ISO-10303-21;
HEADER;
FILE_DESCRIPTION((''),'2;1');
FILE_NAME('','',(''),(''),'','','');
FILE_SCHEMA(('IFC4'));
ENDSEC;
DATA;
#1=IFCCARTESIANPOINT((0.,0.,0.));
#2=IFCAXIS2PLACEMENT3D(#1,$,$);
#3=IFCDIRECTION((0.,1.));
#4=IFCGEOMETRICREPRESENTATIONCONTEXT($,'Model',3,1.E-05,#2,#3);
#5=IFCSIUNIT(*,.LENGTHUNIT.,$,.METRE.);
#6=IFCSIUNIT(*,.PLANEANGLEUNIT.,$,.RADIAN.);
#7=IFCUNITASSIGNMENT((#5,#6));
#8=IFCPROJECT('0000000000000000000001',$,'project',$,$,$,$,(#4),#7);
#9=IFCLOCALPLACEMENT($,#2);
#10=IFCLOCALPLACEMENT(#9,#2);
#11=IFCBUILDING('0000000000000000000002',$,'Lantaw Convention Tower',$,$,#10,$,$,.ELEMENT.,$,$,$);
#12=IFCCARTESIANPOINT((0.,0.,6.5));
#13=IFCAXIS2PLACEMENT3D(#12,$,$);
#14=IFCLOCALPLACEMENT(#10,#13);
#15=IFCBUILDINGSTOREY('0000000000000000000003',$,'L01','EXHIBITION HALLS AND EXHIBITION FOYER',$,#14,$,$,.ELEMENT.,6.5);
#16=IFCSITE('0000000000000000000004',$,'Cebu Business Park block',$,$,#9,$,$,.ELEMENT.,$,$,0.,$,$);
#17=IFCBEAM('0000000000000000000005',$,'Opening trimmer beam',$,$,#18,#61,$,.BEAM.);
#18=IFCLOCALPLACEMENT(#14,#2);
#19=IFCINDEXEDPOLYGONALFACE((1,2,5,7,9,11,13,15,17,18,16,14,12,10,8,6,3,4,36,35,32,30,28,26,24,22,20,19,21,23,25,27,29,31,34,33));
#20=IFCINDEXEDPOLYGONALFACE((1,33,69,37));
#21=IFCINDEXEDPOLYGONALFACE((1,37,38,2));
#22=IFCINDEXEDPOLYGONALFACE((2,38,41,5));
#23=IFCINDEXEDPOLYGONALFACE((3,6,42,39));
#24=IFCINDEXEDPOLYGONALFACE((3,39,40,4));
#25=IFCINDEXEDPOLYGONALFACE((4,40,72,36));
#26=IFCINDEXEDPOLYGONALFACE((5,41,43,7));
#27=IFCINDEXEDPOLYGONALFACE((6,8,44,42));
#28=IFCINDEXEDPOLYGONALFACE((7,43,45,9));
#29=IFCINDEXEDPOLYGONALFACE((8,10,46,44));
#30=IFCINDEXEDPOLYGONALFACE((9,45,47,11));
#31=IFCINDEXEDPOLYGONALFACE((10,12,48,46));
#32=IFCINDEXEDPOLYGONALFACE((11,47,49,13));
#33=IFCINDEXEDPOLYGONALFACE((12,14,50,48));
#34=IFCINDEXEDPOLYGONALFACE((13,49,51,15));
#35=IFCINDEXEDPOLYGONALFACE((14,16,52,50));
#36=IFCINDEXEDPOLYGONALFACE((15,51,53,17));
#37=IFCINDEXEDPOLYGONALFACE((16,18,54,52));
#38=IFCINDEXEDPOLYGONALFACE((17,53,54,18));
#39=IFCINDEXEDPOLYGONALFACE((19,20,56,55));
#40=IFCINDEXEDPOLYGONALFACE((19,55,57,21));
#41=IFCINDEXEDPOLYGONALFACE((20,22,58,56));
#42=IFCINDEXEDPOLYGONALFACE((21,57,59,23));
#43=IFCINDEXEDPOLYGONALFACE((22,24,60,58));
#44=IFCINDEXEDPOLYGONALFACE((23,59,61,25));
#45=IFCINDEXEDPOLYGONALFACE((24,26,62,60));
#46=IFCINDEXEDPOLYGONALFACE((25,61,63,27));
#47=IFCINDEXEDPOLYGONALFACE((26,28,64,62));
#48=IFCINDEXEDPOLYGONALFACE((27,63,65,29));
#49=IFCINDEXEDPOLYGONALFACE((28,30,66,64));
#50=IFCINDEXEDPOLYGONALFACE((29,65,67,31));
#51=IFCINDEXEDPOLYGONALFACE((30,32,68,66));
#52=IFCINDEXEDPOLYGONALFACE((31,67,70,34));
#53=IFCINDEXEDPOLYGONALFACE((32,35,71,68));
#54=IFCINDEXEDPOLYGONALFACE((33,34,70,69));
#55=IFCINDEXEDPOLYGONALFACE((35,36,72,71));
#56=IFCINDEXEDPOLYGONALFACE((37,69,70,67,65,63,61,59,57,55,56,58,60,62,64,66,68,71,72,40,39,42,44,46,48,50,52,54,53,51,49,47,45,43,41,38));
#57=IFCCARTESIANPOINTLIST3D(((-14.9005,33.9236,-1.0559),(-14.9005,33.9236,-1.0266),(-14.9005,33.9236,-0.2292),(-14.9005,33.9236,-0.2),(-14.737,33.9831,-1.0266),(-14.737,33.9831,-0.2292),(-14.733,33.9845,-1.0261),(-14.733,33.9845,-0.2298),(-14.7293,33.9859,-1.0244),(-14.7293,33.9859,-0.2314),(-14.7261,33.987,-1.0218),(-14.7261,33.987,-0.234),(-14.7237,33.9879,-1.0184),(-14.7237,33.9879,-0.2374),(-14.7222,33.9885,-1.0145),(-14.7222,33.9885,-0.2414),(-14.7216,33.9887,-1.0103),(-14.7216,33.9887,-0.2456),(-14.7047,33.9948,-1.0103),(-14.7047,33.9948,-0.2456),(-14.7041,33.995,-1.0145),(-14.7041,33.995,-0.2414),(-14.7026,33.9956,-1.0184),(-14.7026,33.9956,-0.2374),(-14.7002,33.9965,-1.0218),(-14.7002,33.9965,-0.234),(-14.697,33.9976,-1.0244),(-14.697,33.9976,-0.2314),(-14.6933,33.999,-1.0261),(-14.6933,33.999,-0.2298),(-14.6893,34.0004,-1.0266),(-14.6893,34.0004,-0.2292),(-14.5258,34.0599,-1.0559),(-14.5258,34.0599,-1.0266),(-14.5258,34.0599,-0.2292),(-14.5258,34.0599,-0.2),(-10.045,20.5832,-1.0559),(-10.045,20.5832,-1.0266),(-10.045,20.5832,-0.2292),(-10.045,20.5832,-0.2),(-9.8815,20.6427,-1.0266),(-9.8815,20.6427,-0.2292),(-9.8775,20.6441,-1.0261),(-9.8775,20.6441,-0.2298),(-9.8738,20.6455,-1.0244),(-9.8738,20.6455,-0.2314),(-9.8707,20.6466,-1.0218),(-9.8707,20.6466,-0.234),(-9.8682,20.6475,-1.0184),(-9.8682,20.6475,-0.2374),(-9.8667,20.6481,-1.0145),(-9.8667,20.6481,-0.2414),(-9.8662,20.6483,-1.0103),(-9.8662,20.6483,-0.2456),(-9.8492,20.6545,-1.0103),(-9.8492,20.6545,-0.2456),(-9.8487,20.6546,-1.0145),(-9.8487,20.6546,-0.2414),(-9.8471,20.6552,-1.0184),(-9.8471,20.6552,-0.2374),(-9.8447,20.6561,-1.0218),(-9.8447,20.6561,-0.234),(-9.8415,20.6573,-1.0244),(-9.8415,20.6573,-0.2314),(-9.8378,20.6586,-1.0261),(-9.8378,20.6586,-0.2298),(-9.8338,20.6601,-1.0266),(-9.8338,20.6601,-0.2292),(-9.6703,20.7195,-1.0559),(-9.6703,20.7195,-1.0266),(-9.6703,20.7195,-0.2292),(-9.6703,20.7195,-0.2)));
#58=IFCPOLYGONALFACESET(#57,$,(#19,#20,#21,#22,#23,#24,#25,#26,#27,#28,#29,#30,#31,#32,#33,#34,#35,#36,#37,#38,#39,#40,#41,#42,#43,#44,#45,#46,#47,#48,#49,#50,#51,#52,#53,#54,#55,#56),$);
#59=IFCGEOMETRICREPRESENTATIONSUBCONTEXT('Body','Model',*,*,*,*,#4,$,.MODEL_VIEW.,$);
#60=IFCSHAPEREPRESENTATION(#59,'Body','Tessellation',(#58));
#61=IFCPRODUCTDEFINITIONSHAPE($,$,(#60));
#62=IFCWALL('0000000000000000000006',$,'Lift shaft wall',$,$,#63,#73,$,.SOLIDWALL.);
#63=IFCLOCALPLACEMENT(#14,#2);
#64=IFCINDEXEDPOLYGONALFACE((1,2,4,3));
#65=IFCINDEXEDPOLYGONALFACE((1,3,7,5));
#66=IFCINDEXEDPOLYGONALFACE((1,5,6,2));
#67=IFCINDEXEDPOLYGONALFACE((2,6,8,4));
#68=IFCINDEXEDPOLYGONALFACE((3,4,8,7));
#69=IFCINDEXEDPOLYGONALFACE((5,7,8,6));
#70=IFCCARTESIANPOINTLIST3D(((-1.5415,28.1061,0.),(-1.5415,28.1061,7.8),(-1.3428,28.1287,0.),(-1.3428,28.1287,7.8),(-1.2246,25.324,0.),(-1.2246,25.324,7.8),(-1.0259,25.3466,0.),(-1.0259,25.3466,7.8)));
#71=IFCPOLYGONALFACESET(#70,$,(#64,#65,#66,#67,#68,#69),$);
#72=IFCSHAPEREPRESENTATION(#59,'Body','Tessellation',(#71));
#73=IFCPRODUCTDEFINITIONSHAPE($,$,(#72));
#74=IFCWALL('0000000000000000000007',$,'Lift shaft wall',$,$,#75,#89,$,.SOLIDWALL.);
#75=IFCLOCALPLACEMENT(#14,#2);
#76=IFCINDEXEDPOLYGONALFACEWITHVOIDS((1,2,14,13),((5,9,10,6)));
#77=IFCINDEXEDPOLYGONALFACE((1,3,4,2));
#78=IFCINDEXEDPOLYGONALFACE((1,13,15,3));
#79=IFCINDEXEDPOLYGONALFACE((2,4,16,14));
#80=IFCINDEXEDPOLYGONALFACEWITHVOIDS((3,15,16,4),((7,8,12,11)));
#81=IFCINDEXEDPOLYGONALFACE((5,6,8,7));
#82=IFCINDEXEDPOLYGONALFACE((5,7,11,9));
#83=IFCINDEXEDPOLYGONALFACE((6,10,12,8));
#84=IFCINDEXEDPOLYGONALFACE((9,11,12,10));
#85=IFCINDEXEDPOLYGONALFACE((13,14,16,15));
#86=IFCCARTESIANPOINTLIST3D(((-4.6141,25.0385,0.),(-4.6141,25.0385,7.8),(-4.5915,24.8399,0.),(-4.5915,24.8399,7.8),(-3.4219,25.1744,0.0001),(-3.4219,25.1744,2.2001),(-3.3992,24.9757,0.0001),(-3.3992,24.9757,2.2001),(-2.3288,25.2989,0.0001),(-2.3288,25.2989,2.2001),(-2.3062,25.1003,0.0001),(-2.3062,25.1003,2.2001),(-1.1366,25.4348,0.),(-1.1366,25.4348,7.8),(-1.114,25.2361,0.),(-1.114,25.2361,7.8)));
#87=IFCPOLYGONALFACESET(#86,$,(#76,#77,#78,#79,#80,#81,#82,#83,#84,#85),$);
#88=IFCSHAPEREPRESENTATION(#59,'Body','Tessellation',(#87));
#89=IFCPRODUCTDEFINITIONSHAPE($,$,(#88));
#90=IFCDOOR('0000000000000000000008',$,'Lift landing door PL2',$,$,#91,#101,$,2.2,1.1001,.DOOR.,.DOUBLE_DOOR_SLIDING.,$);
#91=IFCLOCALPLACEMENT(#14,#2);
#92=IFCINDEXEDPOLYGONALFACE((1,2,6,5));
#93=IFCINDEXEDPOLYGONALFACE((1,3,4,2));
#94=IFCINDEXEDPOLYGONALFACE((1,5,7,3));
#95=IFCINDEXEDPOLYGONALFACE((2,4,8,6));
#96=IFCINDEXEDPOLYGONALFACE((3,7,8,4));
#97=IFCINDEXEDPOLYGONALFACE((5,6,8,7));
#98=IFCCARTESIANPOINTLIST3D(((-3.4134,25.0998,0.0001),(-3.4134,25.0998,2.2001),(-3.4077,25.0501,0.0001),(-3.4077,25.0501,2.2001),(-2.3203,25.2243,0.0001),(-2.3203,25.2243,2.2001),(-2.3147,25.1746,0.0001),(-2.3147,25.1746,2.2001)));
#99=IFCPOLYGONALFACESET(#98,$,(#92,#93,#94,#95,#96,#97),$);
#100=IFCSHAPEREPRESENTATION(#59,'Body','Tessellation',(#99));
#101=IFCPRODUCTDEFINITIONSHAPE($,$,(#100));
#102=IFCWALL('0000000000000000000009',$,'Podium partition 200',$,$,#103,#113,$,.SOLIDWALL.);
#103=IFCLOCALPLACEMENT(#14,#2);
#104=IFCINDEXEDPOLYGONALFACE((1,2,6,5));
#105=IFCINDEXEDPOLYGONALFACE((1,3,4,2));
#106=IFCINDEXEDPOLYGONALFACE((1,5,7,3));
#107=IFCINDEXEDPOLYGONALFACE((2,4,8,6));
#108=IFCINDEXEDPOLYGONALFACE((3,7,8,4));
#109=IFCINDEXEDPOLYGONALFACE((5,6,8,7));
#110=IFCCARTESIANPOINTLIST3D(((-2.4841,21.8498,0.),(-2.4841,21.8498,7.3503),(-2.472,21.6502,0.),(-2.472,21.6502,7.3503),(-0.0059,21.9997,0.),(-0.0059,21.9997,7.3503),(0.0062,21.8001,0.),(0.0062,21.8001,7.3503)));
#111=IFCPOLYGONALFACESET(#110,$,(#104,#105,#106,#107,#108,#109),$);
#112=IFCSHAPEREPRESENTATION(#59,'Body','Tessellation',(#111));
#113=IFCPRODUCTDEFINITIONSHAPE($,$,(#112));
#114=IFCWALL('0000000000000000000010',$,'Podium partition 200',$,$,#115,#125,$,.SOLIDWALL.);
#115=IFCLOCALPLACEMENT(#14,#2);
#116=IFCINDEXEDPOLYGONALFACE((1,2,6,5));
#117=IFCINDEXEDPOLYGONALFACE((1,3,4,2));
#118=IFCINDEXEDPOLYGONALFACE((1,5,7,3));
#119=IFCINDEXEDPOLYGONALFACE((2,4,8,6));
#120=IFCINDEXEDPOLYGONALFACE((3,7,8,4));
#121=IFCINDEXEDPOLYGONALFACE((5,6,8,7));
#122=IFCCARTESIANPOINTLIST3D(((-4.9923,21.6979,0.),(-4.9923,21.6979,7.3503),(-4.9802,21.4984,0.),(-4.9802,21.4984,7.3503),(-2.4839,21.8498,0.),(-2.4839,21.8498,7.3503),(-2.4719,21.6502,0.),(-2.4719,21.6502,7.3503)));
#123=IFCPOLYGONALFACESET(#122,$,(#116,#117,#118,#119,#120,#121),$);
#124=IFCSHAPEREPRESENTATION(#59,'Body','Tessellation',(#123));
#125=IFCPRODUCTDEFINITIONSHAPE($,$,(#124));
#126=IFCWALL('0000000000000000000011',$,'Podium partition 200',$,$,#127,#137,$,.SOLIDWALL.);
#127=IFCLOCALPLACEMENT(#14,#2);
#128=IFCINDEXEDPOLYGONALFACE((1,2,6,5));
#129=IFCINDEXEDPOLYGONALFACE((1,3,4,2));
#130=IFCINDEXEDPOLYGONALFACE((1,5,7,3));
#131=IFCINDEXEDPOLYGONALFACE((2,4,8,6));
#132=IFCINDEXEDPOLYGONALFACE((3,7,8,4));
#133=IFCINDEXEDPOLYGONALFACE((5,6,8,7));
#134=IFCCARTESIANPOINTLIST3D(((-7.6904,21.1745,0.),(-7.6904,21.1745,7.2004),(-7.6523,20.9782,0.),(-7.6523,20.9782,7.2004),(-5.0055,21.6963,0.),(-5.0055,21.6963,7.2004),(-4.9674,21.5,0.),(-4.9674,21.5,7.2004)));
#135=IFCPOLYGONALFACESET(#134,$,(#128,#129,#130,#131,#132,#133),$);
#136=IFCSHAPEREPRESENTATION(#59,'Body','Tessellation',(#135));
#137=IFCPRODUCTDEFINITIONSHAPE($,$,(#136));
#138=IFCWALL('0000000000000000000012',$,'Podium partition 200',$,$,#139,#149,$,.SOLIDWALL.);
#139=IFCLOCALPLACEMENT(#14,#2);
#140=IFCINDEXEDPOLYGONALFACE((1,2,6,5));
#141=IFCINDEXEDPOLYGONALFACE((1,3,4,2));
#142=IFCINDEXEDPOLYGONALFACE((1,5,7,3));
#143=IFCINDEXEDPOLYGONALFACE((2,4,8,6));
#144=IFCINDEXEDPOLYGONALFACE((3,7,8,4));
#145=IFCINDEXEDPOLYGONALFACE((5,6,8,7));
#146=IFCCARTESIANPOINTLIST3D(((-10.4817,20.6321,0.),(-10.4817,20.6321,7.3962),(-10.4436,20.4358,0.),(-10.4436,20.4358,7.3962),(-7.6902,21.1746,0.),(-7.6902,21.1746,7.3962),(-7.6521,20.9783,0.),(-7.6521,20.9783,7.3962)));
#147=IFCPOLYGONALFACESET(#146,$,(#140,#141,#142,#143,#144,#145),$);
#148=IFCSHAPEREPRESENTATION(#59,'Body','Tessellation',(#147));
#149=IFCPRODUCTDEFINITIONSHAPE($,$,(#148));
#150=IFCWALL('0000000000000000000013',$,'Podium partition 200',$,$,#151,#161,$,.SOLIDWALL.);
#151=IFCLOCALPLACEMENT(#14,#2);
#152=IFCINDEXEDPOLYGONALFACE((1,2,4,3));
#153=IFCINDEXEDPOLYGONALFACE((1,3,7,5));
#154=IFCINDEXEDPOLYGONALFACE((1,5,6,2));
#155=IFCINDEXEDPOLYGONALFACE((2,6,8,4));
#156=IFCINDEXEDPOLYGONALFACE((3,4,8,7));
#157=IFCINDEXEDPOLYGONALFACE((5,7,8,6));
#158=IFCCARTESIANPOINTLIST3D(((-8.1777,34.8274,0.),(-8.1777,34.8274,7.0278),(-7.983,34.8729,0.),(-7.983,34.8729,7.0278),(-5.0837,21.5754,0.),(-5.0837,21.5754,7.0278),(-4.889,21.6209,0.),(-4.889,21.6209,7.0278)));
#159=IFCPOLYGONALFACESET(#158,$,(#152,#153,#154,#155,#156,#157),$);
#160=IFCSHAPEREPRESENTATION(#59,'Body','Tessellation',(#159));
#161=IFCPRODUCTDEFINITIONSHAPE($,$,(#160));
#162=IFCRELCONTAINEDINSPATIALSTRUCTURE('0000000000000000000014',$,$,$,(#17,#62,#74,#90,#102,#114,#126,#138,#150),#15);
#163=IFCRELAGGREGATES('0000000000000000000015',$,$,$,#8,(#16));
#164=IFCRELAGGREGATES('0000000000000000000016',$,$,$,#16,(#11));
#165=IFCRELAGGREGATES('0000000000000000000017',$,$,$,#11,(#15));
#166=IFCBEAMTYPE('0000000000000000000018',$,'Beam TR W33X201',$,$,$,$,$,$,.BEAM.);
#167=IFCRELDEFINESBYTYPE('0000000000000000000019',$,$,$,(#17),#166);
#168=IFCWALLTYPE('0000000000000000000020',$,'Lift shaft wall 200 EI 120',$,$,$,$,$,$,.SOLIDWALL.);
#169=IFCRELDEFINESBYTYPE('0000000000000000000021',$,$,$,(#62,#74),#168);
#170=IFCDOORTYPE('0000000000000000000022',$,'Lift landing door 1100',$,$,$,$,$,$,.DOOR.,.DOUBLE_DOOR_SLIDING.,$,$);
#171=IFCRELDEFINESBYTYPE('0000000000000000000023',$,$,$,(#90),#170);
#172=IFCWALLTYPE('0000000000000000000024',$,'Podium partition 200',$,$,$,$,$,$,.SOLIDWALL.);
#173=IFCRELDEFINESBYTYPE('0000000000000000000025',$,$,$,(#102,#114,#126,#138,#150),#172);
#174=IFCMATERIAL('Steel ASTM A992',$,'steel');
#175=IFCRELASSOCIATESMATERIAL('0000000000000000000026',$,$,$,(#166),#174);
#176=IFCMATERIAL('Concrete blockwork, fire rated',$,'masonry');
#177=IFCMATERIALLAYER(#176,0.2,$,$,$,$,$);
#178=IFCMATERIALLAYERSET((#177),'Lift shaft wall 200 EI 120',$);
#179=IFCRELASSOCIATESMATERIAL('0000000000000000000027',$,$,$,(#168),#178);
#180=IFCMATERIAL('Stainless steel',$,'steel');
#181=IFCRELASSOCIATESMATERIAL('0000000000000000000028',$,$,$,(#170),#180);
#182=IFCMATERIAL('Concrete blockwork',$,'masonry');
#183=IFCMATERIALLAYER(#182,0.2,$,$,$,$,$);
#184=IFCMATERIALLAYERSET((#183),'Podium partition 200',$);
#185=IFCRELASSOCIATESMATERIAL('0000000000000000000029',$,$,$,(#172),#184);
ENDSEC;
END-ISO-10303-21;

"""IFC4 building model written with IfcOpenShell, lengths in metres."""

from ifc_helpers import new_model, si_unit, direction, frame, frame_2d, origin, origin_2d, place, context, subcontext, project, spatial, rectangle, i_section, extrude, material, layer, layer_set, material_profile, profile_set, type_object, element, fill, save


model = new_model("IFC4")

# Units and contexts
model_context = context("Model", 3, precision=1e-05, world=origin(), true_north=direction((0.0, 1.0)))
body_context = subcontext(model_context, "Body", "Model", "MODEL_VIEW")
ifc_project = project(units=[si_unit("LENGTHUNIT", "METRE"), si_unit("PLANEANGLEUNIT", "RADIAN")], contexts=[model_context])

# Site, building, storey
site_placement = place(None, origin())
site = spatial("IfcSite", under=ifc_project, at=site_placement, Name="Cebu Business Park block", CompositionType="ELEMENT", RefElevation=0.0)
building_placement = place(site_placement, origin())
building = spatial("IfcBuilding", under=site, at=building_placement, Name="Lantaw Convention Tower", CompositionType="ELEMENT")
storey_placement = place(building_placement, frame((0.0, 0.0, 6.5)))
storey = spatial("IfcBuildingStorey", under=building, at=storey_placement, Name="L01", Description="EXHIBITION HALLS AND EXHIBITION FOYER", CompositionType="ELEMENT", Elevation=6.5)

# Beam
ifc_material_1 = material(Name="Steel ASTM A992", Category="steel")
ifc_material_profile_1 = material_profile(ifc_material_1, i_section(OverallWidth=0.3987, OverallDepth=0.856, WebThickness=0.0181, FlangeThickness=0.0293, FilletRadius=0.0164, at=origin_2d()), Name="W33X201")
ifc_profile_set_1 = profile_set([ifc_material_profile_1], Name="Steel ASTM A992")
beam_type_1 = type_object("IfcBeamType", Name="Beam TR W33X201", PredefinedType="BEAM", material=ifc_profile_set_1)
beam_1_placement = place(storey_placement, frame((-9.8577, 20.6514, -0.6279), z_axis=(-0.342019, 0.939693, 0.0), x_axis=(-0.939693, -0.342019, 0.0)))
element("IfcBeam", 1, at=beam_1_placement, inside=storey, type_object=beam_type_1, Name="Opening trimmer beam", PredefinedType="BEAM", context=body_context, shape_type="SweptSolid", body=[
    extrude(i_section(OverallWidth=0.3987, OverallDepth=0.856, WebThickness=0.0181, FlangeThickness=0.0293, FilletRadius=0.0164, at=origin_2d()), origin(), (0.0, 0.0, 1.0), 14.1965),
])

# Wall
ifc_material_2 = material(Name="Concrete blockwork, fire rated", Category="masonry")
ifc_layer_1 = layer(ifc_material_2, 0.2)
ifc_layer_set_1 = layer_set([ifc_layer_1], Name="Lift shaft wall 200 EI 120")
wall_type_1 = type_object("IfcWallType", Name="Lift shaft wall 200 EI 120", PredefinedType="SOLIDWALL", material=ifc_layer_set_1)
wall_1_placement = place(storey_placement, frame((-1.1252, 25.3354, 0.0), z_axis=(0.0, 0.0, 1.0), x_axis=(-0.113178, 0.993575, 0.0)))
element("IfcWall", 2, at=wall_1_placement, inside=storey, type_object=wall_type_1, Name="Lift shaft wall", PredefinedType="SOLIDWALL", context=body_context, shape_type="SweptSolid", body=[
    extrude(rectangle(XDim=2.8, YDim=0.2, at=frame_2d((1.3999, 0.0))), origin(), (0.0, 0.0, 1.0), 7.8),
])

# Wall, opening, door
wall_2_placement = place(storey_placement, frame((-4.6028, 24.9392, 0.0), z_axis=(0.0, 0.0, 1.0), x_axis=(0.993571, 0.11321, 0.0)))
wall_2 = element("IfcWall", 3, at=wall_2_placement, inside=storey, type_object=wall_type_1, Name="Lift shaft wall", PredefinedType="SOLIDWALL", context=body_context, shape_type="SweptSolid", body=[
    extrude(rectangle(XDim=3.5, YDim=0.2, at=frame_2d((1.75, 0.0))), origin(), (0.0, 0.0, 1.0), 7.8),
])
opening_1_placement = place(wall_2_placement, frame((1.2, 0.0, 0.0)))
opening_1 = element("IfcOpeningElement", 4, at=opening_1_placement, cuts=wall_2, PredefinedType="OPENING", context=body_context, shape_type="SweptSolid", body=[
    extrude(rectangle(XDim=1.1001, YDim=2.2, at=frame_2d((0.55, 1.1001))), frame((0.0, 0.1099, 0.0), z_axis=(0.0, -1.0, 0.0), x_axis=(1.0, 0.0, 0.0)), (0.0, 0.0, 1.0), 0.22),
])
ifc_material_3 = material(Name="Stainless steel", Category="steel")
door_type_1 = type_object("IfcDoorType", Name="Lift landing door 1100", OperationType="DOUBLE_DOOR_SLIDING", PredefinedType="DOOR", material=ifc_material_3)
door_1_placement = place(opening_1_placement, origin())
door_1 = element("IfcDoor", 5, at=door_1_placement, inside=storey, type_object=door_type_1, Name="Lift landing door PL2", OperationType="DOUBLE_DOOR_SLIDING", OverallHeight=2.2, OverallWidth=1.1001, PredefinedType="DOOR", context=body_context, shape_type="SweptSolid", body=[
    extrude(rectangle(XDim=1.1001, YDim=2.2, at=frame_2d((0.55, 1.1001))), frame((0.0, 0.0249, 0.0), z_axis=(0.0, -1.0, 0.0), x_axis=(1.0, 0.0, 0.0)), (0.0, 0.0, 1.0), 0.05),
])
fill(opening_1, door_1)

# Walls
ifc_material_4 = material(Name="Concrete blockwork", Category="masonry")
ifc_layer_2 = layer(ifc_material_4, 0.2)
ifc_layer_set_2 = layer_set([ifc_layer_2], Name="Podium partition 200")
wall_type_2 = type_object("IfcWallType", Name="Podium partition 200", PredefinedType="SOLIDWALL", material=ifc_layer_set_2)
wall_3_placement = place(storey_placement, frame((0.0, 21.8999, 0.0), z_axis=(0.0, 0.0, 1.0), x_axis=(-0.998175, -0.060382, 0.0)))
element("IfcWall", 6, at=wall_3_placement, inside=storey, type_object=wall_type_2, Name="Podium partition 200", PredefinedType="SOLIDWALL", context=body_context, shape_type="SweptSolid", body=[
    extrude(rectangle(XDim=2.4827, YDim=0.2, at=frame_2d((1.2412, 0.0))), origin(), (0.0, 0.0, 1.0), 7.3503),
])
wall_4_placement = place(storey_placement, frame((-2.478, 21.75, 0.0), z_axis=(0.0, 0.0, 1.0), x_axis=(-0.998172, -0.060431, 0.0)))
element("IfcWall", 7, at=wall_4_placement, inside=storey, type_object=wall_type_2, Name="Podium partition 200", PredefinedType="SOLIDWALL", context=body_context, shape_type="SweptSolid", body=[
    extrude(rectangle(XDim=2.5129, YDim=0.2, at=frame_2d((1.2563, 0.0))), origin(), (0.0, 0.0, 1.0), 7.3503),
])
wall_5_placement = place(storey_placement, frame((-4.9863, 21.5981, 0.0), z_axis=(0.0, 0.0, 1.0), x_axis=(-0.981637, -0.190757, 0.0)))
element("IfcWall", 8, at=wall_5_placement, inside=storey, type_object=wall_type_2, Name="Podium partition 200", PredefinedType="SOLIDWALL", context=body_context, shape_type="SweptSolid", body=[
    extrude(rectangle(XDim=2.7351, YDim=0.2, at=frame_2d((1.3677, 0.0))), origin(), (0.0, 0.0, 1.0), 7.2004),
])
wall_6_placement = place(storey_placement, frame((-7.6711, 21.0764, 0.0), z_axis=(0.0, 0.0, 1.0), x_axis=(-0.981636, -0.190764, 0.0)))
element("IfcWall", 9, at=wall_6_placement, inside=storey, type_object=wall_type_2, Name="Podium partition 200", PredefinedType="SOLIDWALL", context=body_context, shape_type="SweptSolid", body=[
    extrude(rectangle(XDim=2.8438, YDim=0.2, at=frame_2d((1.4219, 0.0))), origin(), (0.0, 0.0, 1.0), 7.3962),
])

# Wall
wall_7_placement = place(storey_placement, frame((-4.9863, 21.5981, 0.0), z_axis=(0.0, 0.0, 1.0), x_axis=(-0.22736, 0.973811, 0.0)))
element("IfcWall", 10, at=wall_7_placement, inside=storey, type_object=wall_type_2, Name="Podium partition 200", PredefinedType="SOLIDWALL", context=body_context, shape_type="SweptSolid", body=[
    extrude(rectangle(XDim=13.6084, YDim=0.2, at=frame_2d((6.8042, 0.0))), origin(), (0.0, 0.0, 1.0), 7.0278),
])

save(model, "model.ifc")
